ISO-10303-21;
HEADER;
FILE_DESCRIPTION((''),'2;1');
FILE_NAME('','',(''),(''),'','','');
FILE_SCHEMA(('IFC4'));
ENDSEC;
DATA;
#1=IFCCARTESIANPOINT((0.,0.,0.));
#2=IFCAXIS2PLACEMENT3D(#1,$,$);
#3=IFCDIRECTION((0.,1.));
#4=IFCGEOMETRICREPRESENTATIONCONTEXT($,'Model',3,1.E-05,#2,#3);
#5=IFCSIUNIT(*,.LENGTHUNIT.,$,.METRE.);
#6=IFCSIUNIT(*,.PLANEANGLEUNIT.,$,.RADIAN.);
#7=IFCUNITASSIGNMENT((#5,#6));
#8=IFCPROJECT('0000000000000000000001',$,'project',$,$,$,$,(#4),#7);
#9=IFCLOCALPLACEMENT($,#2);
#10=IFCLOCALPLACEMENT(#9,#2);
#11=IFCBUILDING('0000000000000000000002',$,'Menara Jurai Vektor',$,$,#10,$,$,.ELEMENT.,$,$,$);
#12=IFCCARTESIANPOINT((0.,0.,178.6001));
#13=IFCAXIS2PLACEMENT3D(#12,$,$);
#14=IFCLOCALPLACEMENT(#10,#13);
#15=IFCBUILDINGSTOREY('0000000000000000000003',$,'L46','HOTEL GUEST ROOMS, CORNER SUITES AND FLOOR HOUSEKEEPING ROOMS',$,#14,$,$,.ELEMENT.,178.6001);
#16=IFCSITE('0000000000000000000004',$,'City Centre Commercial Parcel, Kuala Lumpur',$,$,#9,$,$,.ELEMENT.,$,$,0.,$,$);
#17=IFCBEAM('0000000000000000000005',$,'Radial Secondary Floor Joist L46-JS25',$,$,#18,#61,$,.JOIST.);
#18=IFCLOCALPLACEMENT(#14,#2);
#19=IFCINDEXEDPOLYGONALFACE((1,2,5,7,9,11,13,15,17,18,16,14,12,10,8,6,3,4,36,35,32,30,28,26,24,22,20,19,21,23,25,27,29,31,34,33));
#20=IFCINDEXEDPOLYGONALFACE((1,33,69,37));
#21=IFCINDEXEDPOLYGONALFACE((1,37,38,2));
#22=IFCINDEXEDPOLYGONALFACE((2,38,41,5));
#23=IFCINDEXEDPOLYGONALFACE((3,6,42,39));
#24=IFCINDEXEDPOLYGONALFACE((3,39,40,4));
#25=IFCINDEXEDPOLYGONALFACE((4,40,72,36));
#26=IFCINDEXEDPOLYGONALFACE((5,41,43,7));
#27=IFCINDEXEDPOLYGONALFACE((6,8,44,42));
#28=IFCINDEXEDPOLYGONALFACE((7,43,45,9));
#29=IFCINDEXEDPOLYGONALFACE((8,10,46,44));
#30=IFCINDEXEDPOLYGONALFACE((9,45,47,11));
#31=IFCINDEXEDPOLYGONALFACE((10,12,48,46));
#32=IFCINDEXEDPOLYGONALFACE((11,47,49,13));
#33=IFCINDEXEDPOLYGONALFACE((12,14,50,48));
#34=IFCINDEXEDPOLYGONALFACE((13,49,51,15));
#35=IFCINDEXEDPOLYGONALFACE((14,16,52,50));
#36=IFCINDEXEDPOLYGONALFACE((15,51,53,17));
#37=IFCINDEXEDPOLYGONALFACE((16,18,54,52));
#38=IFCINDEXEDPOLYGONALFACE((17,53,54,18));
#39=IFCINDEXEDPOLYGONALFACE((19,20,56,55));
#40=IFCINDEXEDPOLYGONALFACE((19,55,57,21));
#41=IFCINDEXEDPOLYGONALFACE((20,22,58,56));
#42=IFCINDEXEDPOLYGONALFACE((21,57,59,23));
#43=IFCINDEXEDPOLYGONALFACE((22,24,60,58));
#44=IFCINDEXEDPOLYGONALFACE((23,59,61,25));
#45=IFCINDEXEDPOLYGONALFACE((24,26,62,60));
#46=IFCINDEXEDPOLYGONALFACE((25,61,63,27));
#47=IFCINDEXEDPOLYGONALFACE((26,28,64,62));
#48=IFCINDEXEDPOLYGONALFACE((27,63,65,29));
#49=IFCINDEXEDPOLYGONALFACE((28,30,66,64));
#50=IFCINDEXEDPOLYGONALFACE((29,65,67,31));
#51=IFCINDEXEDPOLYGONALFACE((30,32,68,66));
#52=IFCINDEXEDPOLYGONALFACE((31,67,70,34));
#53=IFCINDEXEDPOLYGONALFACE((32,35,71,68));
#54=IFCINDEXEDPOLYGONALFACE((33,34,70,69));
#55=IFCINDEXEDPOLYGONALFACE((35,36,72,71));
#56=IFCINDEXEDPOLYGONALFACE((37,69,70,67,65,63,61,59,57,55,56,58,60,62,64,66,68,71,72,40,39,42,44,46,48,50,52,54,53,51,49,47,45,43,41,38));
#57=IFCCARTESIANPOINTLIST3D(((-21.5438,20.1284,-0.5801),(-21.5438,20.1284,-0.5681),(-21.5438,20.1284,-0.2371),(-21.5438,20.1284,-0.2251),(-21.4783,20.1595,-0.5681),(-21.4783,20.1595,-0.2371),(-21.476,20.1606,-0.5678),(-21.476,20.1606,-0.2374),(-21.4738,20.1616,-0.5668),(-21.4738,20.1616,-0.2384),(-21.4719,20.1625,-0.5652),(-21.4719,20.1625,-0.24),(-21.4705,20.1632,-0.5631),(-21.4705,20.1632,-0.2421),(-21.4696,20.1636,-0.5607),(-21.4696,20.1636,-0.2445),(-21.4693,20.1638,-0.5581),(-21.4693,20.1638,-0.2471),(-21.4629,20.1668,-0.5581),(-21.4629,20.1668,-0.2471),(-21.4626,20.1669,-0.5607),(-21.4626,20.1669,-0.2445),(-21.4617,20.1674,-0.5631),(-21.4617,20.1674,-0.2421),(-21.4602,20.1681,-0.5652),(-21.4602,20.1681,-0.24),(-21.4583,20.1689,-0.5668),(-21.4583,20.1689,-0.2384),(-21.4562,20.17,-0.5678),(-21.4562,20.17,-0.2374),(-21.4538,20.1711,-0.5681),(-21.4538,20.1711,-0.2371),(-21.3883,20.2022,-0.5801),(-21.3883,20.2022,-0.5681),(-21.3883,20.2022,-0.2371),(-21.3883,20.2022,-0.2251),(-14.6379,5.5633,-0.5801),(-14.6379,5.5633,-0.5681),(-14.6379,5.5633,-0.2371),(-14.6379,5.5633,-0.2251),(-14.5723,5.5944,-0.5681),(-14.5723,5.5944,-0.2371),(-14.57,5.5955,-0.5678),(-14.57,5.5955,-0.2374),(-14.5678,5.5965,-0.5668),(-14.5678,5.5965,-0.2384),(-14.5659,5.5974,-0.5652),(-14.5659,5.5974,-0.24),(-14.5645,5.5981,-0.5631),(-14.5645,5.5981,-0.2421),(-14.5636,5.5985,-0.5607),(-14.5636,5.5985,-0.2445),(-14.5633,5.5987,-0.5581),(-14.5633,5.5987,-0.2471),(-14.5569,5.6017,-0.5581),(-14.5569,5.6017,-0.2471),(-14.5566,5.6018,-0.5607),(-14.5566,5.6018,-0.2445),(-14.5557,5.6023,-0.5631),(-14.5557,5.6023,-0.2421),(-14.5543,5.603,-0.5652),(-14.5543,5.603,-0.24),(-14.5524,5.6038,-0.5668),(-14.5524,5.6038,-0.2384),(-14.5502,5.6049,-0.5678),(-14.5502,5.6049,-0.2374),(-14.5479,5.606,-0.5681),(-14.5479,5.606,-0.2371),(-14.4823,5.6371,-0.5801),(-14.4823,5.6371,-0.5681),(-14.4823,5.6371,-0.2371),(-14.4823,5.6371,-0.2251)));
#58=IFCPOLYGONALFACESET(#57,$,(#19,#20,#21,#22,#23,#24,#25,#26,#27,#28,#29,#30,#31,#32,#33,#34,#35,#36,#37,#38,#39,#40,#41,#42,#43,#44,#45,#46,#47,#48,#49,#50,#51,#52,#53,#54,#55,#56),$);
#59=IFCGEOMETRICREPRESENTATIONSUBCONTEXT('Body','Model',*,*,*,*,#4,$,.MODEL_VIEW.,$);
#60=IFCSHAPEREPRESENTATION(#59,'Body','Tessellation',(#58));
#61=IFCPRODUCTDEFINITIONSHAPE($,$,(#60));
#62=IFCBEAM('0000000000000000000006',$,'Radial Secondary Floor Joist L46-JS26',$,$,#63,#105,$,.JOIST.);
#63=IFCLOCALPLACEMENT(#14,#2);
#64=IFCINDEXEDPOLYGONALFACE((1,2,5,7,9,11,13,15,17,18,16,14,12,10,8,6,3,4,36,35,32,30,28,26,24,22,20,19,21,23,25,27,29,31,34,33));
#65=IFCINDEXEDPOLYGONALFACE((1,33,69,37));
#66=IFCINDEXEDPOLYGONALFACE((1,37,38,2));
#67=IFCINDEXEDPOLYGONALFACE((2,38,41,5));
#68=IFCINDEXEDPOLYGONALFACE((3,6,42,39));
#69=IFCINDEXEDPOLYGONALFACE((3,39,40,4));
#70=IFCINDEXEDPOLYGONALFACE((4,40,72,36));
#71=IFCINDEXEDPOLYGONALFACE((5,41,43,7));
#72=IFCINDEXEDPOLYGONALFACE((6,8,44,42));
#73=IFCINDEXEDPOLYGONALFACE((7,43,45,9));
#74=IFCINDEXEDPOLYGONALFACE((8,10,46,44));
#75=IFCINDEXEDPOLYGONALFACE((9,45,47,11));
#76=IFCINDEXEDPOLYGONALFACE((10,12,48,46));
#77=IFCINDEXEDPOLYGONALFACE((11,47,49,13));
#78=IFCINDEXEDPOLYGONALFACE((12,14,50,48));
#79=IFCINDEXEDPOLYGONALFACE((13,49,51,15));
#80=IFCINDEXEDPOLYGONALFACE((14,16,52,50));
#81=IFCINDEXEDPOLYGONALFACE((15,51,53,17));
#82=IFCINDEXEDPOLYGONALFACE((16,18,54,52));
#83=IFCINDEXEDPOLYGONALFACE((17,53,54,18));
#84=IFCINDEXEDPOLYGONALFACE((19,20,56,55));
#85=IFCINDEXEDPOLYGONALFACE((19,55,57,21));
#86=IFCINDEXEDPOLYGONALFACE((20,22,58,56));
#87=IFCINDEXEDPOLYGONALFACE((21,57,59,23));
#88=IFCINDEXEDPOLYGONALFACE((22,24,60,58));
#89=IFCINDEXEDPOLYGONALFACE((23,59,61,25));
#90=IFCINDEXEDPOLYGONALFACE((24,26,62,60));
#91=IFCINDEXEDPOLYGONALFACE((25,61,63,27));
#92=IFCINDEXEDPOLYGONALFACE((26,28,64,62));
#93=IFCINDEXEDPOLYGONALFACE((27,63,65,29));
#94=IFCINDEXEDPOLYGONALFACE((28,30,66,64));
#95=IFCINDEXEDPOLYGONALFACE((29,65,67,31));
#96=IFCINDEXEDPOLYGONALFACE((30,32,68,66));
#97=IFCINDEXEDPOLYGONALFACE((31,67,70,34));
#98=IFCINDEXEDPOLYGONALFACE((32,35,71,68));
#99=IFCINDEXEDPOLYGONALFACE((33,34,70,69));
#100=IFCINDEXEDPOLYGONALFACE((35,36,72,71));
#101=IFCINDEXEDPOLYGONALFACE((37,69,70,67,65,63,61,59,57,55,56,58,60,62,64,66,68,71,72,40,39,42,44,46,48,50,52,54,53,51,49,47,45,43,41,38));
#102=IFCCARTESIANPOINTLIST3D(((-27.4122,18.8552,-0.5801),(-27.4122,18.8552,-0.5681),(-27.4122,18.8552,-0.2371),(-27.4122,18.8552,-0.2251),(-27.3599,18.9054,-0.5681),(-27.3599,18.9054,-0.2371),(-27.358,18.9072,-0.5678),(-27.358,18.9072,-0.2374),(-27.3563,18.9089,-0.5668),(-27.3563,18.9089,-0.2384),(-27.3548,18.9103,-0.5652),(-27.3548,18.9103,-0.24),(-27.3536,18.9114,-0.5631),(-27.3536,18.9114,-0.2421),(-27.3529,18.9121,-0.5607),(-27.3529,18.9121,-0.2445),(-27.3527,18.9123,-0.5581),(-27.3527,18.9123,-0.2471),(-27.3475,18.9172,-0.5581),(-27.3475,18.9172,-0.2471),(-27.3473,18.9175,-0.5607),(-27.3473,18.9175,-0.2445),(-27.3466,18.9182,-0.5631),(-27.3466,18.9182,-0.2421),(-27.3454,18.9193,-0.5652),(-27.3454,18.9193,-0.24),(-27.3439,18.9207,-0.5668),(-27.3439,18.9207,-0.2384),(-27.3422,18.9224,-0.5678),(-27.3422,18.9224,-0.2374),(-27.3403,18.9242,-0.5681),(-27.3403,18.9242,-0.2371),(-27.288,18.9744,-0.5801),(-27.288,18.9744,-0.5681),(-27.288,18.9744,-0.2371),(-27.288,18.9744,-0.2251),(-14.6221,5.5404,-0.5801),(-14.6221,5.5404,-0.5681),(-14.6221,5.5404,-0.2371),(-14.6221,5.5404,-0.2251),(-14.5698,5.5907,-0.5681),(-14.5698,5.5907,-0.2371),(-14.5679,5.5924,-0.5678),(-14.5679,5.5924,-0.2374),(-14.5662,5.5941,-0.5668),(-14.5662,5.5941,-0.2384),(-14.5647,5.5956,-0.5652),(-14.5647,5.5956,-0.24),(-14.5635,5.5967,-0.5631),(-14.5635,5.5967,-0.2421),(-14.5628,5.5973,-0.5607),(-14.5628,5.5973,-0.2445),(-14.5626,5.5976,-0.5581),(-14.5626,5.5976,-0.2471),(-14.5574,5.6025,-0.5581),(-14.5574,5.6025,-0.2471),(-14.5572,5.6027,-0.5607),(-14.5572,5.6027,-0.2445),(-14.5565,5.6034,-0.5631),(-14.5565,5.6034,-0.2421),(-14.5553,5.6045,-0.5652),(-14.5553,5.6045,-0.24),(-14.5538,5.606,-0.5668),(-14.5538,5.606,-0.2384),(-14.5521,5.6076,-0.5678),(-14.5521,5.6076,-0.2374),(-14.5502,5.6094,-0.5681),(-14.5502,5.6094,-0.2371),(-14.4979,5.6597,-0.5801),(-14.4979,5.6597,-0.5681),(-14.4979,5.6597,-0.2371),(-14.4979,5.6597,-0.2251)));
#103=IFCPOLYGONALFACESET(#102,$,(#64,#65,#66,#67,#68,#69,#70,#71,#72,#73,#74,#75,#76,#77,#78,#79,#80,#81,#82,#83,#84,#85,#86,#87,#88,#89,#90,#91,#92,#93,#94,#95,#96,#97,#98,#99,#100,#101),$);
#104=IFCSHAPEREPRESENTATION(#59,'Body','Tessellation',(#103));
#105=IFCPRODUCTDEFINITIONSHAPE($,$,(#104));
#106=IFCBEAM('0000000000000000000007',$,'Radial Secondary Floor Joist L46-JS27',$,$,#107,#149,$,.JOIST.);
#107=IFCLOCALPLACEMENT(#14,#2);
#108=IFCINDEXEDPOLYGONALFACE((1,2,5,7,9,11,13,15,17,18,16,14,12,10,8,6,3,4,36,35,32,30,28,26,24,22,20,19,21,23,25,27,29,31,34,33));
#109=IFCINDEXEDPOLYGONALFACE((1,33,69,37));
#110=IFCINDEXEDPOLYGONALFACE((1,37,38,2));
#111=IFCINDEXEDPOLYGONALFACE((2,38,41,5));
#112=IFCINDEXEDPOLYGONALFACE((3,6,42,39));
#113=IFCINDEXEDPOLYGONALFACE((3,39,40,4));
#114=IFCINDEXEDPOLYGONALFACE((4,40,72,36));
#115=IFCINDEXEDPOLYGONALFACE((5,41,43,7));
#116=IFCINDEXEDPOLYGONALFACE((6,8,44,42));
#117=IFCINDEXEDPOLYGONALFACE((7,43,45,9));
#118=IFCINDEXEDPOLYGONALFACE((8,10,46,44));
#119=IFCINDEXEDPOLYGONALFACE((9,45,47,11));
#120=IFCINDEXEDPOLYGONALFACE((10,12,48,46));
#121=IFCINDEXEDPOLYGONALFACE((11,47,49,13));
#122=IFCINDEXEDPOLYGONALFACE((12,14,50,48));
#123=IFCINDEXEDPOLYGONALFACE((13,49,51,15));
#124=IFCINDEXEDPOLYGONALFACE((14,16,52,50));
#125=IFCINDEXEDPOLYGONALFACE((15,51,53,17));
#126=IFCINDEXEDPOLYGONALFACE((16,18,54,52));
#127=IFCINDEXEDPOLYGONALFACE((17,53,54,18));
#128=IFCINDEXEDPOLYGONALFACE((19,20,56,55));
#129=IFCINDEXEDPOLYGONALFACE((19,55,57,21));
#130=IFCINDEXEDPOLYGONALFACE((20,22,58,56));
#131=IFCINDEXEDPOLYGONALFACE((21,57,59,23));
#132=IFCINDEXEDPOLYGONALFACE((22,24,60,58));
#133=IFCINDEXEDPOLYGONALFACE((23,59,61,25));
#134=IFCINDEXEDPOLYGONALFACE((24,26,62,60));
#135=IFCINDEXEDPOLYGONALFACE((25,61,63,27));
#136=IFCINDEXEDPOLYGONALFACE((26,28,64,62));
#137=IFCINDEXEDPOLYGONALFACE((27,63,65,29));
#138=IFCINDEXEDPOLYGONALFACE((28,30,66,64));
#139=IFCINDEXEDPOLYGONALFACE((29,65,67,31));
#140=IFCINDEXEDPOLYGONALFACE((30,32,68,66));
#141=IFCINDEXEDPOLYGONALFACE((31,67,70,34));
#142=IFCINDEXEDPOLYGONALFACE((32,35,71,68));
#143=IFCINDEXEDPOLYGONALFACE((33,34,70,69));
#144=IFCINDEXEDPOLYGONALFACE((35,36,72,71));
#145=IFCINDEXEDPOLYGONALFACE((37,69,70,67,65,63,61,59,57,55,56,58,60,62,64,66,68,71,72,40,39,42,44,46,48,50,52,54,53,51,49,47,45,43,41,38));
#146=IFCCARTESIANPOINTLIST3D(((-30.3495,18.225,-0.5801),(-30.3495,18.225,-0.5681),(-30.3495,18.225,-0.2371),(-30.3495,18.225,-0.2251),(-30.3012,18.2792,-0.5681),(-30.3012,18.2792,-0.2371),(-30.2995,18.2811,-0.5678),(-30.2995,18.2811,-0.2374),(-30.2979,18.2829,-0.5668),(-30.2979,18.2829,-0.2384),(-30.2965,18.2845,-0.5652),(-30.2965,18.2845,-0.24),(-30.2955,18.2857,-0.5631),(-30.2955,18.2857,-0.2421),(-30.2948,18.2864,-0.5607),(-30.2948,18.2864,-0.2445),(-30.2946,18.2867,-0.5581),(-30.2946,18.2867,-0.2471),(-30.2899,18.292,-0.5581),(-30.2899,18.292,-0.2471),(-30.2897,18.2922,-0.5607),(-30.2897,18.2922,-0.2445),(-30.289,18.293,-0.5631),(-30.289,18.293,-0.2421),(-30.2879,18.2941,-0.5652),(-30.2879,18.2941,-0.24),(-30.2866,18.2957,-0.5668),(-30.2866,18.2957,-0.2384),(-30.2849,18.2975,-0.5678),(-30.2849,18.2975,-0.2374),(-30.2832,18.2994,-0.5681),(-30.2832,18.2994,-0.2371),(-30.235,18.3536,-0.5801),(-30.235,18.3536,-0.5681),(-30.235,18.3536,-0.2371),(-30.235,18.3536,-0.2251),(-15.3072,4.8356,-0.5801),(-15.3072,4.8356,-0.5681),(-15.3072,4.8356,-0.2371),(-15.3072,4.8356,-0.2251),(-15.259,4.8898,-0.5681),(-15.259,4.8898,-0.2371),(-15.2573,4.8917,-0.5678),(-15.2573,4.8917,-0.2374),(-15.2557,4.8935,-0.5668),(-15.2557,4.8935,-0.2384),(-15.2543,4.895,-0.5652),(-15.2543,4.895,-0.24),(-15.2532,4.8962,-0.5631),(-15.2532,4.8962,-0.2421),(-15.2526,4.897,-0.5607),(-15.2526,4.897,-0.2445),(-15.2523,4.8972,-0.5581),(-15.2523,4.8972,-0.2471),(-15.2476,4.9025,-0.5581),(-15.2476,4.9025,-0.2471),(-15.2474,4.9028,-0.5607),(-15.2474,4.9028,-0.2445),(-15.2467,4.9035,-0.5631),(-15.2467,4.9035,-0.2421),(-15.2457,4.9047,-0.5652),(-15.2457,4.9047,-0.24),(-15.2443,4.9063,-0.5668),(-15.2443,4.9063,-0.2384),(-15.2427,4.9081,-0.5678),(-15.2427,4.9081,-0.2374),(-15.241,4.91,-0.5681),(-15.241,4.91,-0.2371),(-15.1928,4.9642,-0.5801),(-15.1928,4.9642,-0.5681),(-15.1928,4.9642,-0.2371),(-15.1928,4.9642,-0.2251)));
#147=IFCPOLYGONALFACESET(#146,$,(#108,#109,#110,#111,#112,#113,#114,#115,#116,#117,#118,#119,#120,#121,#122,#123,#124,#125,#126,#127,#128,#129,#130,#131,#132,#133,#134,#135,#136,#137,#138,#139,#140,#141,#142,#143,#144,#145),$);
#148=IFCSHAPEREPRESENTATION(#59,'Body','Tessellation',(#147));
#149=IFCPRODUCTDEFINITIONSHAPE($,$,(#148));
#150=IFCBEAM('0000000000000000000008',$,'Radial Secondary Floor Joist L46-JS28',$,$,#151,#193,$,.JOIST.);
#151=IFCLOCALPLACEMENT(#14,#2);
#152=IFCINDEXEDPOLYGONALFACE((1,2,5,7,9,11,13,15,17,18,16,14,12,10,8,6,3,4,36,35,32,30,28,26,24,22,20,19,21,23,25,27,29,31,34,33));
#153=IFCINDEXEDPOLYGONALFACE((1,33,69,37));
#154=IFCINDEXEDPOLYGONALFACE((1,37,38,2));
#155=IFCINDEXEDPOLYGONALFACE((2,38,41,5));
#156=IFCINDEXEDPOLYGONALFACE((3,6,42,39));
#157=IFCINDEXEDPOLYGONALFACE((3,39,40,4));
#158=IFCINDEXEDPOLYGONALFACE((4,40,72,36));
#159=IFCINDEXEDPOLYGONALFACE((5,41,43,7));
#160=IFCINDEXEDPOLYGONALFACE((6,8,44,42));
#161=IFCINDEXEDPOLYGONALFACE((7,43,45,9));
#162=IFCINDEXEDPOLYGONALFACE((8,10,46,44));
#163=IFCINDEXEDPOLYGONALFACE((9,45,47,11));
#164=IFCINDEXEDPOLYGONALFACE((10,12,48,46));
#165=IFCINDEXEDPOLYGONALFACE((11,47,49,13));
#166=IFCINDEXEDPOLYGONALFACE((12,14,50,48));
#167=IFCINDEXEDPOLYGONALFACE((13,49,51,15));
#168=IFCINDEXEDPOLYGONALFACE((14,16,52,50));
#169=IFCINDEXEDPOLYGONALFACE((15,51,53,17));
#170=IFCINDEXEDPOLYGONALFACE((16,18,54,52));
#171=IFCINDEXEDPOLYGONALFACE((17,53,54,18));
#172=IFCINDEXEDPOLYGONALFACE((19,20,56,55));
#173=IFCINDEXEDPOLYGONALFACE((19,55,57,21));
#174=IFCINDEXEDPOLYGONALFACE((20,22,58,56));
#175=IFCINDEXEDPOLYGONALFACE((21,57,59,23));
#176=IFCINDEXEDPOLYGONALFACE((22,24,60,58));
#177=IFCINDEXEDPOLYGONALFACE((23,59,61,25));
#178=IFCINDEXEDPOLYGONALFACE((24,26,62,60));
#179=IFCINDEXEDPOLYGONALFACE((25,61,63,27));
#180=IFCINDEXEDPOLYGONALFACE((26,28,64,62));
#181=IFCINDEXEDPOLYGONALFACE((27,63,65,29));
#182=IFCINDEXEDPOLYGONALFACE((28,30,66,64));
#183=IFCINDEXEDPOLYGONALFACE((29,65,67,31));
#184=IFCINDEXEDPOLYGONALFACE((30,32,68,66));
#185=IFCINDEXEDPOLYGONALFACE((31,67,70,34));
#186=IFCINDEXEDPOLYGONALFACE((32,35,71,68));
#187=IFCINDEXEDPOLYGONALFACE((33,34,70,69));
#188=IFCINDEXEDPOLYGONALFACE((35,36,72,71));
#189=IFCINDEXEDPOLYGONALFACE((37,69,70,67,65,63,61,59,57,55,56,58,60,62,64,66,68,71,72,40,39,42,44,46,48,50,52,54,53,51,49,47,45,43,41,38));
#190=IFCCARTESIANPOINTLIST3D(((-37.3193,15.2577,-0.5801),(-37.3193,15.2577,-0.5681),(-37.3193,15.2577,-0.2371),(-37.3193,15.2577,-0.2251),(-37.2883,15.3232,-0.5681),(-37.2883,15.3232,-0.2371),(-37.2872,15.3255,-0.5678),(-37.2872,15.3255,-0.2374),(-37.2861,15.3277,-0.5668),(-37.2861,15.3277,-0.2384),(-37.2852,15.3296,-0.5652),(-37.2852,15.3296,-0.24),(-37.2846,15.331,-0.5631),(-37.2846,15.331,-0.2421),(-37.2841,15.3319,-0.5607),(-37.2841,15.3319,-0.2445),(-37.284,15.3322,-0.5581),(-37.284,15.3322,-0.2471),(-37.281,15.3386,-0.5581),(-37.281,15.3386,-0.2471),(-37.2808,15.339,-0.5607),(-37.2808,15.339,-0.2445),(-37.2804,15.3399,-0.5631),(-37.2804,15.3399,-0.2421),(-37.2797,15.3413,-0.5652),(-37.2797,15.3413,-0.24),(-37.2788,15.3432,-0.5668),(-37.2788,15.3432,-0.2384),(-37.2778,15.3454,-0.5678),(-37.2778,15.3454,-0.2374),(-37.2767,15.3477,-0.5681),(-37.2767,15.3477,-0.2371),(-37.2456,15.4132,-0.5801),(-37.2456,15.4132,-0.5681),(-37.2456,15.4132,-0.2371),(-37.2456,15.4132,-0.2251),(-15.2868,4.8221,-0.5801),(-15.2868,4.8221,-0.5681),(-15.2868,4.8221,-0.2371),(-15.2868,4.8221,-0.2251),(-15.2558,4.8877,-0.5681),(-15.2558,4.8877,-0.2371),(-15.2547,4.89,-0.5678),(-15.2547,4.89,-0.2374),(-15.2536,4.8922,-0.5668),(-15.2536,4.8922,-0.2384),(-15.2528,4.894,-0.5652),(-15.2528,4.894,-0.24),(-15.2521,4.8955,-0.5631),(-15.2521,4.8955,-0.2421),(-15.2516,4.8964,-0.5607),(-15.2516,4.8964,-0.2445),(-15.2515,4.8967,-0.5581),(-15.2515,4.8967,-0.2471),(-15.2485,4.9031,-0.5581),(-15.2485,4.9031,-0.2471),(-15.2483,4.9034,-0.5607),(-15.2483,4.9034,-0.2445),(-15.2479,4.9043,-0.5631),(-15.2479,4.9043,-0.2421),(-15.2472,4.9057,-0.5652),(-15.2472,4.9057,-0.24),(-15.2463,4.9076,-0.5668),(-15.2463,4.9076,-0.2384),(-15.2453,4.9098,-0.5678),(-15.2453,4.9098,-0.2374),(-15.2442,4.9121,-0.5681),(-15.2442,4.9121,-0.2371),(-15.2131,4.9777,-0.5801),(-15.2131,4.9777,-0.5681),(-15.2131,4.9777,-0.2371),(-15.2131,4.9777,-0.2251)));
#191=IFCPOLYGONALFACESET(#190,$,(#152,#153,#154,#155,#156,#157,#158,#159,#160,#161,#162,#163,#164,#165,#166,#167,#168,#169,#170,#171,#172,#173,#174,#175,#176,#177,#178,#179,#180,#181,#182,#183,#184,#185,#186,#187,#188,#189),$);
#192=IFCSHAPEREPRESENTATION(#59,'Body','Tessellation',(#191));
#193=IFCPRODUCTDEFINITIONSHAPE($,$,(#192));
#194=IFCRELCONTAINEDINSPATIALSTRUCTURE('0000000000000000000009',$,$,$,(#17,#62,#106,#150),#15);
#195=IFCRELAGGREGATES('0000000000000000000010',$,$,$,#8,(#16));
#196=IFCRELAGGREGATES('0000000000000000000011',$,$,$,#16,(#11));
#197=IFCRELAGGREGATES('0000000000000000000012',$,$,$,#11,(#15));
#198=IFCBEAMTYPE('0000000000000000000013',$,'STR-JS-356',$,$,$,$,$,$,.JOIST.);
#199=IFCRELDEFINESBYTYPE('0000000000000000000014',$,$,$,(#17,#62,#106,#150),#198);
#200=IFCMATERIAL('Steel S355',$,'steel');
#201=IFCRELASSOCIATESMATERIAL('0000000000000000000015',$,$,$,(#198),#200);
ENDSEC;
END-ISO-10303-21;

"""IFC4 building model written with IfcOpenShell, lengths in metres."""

from ifc_helpers import new_model, si_unit, direction, frame, origin, origin_2d, place, context, subcontext, project, spatial, i_section, extrude, material, material_profile, profile_set, type_object, element, save


model = new_model("IFC4")

# Units and contexts
model_context = context("Model", 3, precision=1e-05, world=origin(), true_north=direction((0.0, 1.0)))
body_context = subcontext(model_context, "Body", "Model", "MODEL_VIEW")
ifc_project = project(units=[si_unit("LENGTHUNIT", "METRE"), si_unit("PLANEANGLEUNIT", "RADIAN")], contexts=[model_context])

# Site, building, storey
site_placement = place(None, origin())
site = spatial("IfcSite", under=ifc_project, at=site_placement, Name="City Centre Commercial Parcel, Kuala Lumpur", CompositionType="ELEMENT", RefElevation=0.0)
building_placement = place(site_placement, origin())
building = spatial("IfcBuilding", under=site, at=building_placement, Name="Menara Jurai Vektor", CompositionType="ELEMENT")
storey_placement = place(building_placement, frame((0.0, 0.0, 178.6001)))
storey = spatial("IfcBuildingStorey", under=building, at=storey_placement, Name="L46", Description="HOTEL GUEST ROOMS, CORNER SUITES AND FLOOR HOUSEKEEPING ROOMS", CompositionType="ELEMENT", Elevation=178.6001)

# Beams
ifc_material_1 = material(Name="Steel S355", Category="steel")
ifc_material_profile_1 = material_profile(ifc_material_1, i_section(OverallWidth=0.1721, OverallDepth=0.355, WebThickness=0.0071, FlangeThickness=0.012, FilletRadius=0.01, at=origin_2d()), Name="UKB 356x171x51")
ifc_profile_set_1 = profile_set([ifc_material_profile_1], Name="Steel S355")
beam_type_1 = type_object("IfcBeamType", Name="STR-JS-356", PredefinedType="JOIST", material=ifc_profile_set_1)
beam_1_placement = place(storey_placement, frame((-21.4661, 20.1653, -0.4026), z_axis=(0.428426, -0.903577, 0.0), x_axis=(0.903577, 0.428426, 0.0)))
element("IfcBeam", 1, at=beam_1_placement, inside=storey, type_object=beam_type_1, Name="Radial Secondary Floor Joist L46-JS25", PredefinedType="JOIST", context=body_context, shape_type="SweptSolid", body=[
    extrude(i_section(OverallWidth=0.1721, OverallDepth=0.355, WebThickness=0.0071, FlangeThickness=0.012, FilletRadius=0.01, at=origin_2d()), origin(), (0.0, 0.0, 1.0), 16.1194),
])
beam_2_placement = place(storey_placement, frame((-27.3501, 18.9148, -0.4026), z_axis=(0.692755, -0.721173, 0.0), x_axis=(0.721173, 0.692755, 0.0)))
element("IfcBeam", 2, at=beam_2_placement, inside=storey, type_object=beam_type_1, Name="Radial Secondary Floor Joist L46-JS26", PredefinedType="JOIST", context=body_context, shape_type="SweptSolid", body=[
    extrude(i_section(OverallWidth=0.1721, OverallDepth=0.355, WebThickness=0.0071, FlangeThickness=0.012, FilletRadius=0.01, at=origin_2d()), origin(), (0.0, 0.0, 1.0), 18.4626),
])
beam_3_placement = place(storey_placement, frame((-30.2922, 18.2893, -0.4026), z_axis=(0.746952, -0.664878, 0.0), x_axis=(0.664878, 0.746952, 0.0)))
element("IfcBeam", 3, at=beam_3_placement, inside=storey, type_object=beam_type_1, Name="Radial Secondary Floor Joist L46-JS27", PredefinedType="JOIST", context=body_context, shape_type="SweptSolid", body=[
    extrude(i_section(OverallWidth=0.1721, OverallDepth=0.355, WebThickness=0.0071, FlangeThickness=0.012, FilletRadius=0.01, at=origin_2d()), origin(), (0.0, 0.0, 1.0), 20.1382),
])
beam_4_placement = place(storey_placement, frame((-37.2825, 15.3354, -0.4026), z_axis=(0.903752, -0.428057, 0.0), x_axis=(0.428057, 0.903752, 0.0)))
element("IfcBeam", 4, at=beam_4_placement, inside=storey, type_object=beam_type_1, Name="Radial Secondary Floor Joist L46-JS28", PredefinedType="JOIST", context=body_context, shape_type="SweptSolid", body=[
    extrude(i_section(OverallWidth=0.1721, OverallDepth=0.355, WebThickness=0.0071, FlangeThickness=0.012, FilletRadius=0.01, at=origin_2d()), origin(), (0.0, 0.0, 1.0), 24.3789),
])

save(model, "model.ifc")
